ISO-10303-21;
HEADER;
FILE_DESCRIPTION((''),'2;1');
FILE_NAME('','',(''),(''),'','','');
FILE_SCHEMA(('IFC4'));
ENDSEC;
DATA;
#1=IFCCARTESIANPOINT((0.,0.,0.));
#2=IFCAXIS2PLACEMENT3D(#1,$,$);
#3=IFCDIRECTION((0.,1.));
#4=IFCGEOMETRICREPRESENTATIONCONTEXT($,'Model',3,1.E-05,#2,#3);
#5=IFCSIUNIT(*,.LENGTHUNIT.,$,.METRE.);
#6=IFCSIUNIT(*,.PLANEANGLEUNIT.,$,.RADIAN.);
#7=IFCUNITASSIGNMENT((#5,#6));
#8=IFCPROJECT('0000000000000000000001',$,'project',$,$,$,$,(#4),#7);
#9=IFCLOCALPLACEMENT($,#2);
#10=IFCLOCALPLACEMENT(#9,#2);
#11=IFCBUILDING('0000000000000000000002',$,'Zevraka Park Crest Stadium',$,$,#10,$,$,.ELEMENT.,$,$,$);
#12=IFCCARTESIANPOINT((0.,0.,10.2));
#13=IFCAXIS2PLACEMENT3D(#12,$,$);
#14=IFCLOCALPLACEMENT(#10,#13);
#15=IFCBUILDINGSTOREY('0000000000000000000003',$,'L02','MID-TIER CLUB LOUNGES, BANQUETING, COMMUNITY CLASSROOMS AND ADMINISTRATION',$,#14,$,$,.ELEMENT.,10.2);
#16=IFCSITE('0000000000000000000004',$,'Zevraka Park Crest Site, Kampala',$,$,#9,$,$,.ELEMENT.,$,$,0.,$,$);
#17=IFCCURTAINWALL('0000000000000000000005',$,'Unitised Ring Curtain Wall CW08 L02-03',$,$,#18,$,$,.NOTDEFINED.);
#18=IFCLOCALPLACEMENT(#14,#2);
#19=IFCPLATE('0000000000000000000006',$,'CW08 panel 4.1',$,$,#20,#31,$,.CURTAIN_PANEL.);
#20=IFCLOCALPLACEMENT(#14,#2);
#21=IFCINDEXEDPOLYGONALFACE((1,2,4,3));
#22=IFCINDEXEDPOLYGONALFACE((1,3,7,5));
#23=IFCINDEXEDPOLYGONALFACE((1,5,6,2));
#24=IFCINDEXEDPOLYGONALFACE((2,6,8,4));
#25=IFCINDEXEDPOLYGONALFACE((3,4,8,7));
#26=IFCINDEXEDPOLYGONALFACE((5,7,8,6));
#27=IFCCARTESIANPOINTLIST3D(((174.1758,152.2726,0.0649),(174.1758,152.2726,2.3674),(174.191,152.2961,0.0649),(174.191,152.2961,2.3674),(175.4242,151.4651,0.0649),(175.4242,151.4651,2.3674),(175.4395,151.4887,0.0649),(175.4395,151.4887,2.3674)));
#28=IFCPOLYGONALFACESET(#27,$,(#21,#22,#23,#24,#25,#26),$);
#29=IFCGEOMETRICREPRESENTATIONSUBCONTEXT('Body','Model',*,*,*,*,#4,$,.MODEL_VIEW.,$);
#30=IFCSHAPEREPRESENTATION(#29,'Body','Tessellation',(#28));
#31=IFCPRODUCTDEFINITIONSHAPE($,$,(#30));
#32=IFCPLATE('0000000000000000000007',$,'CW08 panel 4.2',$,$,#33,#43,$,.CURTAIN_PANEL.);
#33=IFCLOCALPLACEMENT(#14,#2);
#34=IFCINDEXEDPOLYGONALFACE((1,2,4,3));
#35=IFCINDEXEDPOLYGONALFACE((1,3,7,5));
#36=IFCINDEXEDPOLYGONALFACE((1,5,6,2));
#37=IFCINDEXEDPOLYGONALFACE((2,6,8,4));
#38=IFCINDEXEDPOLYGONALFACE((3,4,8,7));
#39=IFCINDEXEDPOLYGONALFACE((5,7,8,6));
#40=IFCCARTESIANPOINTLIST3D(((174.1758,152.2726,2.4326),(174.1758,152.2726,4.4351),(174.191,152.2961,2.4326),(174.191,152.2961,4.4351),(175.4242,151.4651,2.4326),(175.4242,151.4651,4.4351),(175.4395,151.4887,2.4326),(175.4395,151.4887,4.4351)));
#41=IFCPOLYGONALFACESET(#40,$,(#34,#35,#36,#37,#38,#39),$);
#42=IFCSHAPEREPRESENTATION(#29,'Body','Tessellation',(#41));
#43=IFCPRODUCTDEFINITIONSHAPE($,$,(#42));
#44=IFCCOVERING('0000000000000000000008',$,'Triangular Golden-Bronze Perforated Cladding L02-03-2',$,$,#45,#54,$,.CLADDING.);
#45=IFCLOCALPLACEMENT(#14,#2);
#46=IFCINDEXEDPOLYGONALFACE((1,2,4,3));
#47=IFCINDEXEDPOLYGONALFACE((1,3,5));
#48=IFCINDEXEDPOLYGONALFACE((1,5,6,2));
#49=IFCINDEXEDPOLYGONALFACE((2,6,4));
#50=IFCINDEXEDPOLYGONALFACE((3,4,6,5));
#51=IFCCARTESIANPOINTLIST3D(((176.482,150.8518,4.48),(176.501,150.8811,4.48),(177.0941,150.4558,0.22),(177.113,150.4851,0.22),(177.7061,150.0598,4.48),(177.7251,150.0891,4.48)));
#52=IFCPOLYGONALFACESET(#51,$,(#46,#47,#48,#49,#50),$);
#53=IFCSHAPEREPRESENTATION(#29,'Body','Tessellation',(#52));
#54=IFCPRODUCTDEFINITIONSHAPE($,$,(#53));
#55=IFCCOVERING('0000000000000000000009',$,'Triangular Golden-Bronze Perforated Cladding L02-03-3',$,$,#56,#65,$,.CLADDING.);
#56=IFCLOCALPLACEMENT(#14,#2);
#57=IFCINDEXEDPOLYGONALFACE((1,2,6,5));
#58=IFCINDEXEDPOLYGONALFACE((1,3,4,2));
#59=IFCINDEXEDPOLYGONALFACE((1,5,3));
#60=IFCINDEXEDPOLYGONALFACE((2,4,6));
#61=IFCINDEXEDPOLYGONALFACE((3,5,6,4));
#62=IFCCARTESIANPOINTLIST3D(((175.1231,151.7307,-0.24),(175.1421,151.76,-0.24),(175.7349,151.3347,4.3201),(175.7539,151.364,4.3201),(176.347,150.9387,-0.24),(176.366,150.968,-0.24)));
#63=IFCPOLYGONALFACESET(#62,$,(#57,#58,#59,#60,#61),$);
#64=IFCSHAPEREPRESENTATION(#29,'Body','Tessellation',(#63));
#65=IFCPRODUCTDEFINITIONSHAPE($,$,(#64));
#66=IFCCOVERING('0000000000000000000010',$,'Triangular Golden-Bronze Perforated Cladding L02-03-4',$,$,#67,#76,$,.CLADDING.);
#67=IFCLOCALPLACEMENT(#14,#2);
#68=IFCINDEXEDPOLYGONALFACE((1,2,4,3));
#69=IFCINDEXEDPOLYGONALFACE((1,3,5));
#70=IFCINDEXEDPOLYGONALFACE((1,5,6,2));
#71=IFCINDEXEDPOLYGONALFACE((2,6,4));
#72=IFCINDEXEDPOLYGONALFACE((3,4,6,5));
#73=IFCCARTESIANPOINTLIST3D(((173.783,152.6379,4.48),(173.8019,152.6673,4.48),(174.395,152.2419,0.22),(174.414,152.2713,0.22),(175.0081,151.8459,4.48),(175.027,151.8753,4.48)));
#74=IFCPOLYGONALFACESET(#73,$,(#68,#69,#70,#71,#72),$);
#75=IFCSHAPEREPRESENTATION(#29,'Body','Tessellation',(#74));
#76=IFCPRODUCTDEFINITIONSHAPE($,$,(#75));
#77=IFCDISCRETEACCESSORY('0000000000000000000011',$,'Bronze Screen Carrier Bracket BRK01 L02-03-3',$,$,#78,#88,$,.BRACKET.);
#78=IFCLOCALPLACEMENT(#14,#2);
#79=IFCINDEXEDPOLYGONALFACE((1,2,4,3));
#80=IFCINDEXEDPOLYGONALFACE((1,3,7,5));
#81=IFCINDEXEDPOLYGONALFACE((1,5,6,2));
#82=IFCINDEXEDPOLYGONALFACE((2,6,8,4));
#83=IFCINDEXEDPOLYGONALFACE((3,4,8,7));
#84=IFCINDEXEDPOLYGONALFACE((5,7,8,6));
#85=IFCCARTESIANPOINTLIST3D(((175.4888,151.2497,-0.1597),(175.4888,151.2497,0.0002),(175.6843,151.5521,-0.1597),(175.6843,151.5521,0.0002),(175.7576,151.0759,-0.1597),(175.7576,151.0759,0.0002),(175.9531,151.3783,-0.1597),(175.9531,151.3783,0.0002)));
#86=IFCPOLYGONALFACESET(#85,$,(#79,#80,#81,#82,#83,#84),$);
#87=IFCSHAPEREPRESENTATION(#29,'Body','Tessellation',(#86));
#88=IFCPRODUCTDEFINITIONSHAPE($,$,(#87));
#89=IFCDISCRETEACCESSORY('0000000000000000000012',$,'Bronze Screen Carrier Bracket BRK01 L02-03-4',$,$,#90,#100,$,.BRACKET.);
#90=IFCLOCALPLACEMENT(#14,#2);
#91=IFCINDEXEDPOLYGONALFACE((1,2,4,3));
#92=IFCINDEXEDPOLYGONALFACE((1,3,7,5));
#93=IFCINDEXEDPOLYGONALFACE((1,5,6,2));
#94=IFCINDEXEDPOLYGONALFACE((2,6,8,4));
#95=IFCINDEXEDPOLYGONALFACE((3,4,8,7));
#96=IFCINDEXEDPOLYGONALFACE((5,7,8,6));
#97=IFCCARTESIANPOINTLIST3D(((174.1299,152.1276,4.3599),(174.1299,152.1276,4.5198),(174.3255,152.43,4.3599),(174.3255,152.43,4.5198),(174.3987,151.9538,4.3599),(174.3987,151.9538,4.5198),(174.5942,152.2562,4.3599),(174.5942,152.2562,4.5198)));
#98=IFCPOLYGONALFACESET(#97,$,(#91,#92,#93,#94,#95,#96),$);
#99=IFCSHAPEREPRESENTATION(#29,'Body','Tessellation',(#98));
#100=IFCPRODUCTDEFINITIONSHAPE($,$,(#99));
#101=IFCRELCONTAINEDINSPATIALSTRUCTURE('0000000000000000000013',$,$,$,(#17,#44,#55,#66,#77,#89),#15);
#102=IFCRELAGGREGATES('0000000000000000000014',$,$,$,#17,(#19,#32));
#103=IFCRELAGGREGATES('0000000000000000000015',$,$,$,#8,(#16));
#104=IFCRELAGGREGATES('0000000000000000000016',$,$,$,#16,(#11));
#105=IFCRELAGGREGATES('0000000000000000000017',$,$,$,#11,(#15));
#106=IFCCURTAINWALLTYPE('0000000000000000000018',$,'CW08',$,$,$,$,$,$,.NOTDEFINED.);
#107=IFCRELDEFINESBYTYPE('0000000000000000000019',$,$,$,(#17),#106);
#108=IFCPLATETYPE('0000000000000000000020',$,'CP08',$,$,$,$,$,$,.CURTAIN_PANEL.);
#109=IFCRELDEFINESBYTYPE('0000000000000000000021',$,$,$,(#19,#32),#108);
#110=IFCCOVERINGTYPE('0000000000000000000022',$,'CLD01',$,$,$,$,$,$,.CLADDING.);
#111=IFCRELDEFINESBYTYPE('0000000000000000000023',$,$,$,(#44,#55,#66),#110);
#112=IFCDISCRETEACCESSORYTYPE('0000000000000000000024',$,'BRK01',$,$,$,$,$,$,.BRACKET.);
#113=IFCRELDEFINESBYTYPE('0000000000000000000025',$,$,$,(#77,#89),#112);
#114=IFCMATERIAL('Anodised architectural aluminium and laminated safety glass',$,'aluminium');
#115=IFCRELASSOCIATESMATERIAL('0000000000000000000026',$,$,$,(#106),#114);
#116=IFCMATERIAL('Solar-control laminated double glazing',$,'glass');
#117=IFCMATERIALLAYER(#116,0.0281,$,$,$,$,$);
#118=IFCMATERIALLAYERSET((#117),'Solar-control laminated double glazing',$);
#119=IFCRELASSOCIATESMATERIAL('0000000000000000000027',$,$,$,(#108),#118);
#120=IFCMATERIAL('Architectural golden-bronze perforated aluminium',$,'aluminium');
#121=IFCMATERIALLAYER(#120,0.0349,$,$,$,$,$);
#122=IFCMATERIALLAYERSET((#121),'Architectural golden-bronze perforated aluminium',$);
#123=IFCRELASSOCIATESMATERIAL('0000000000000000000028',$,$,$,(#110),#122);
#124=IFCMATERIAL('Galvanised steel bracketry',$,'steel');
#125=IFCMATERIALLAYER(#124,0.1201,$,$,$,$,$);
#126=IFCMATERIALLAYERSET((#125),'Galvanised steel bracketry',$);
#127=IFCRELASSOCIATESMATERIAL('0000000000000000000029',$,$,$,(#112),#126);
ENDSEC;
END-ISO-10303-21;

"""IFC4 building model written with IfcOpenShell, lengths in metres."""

from ifc_helpers import new_model, si_unit, direction, frame, origin, origin_2d, place, context, subcontext, project, spatial, polyline, rectangle, outline, extrude, material, layer, layer_set, type_object, element, aggregate, save


model = new_model("IFC4")

# Units and contexts
model_context = context("Model", 3, precision=1e-05, world=origin(), true_north=direction((0.0, 1.0)))
body_context = subcontext(model_context, "Body", "Model", "MODEL_VIEW")
ifc_project = project(units=[si_unit("LENGTHUNIT", "METRE"), si_unit("PLANEANGLEUNIT", "RADIAN")], contexts=[model_context])

# Site, building, storey
site_placement = place(None, origin())
site = spatial("IfcSite", under=ifc_project, at=site_placement, Name="Zevraka Park Crest Site, Kampala", CompositionType="ELEMENT", RefElevation=0.0)
building_placement = place(site_placement, origin())
building = spatial("IfcBuilding", under=site, at=building_placement, Name="Zevraka Park Crest Stadium", CompositionType="ELEMENT")
storey_placement = place(building_placement, frame((0.0, 0.0, 10.2)))
storey = spatial("IfcBuildingStorey", under=building, at=storey_placement, Name="L02", Description="MID-TIER CLUB LOUNGES, BANQUETING, COMMUNITY CLASSROOMS AND ADMINISTRATION", CompositionType="ELEMENT", Elevation=10.2)

# Curtain wall, plates
ifc_material_1 = material(Name="Anodised architectural aluminium and laminated safety glass", Category="aluminium")
curtain_wall_type = type_object("IfcCurtainWallType", Name="CW08", PredefinedType="NOTDEFINED", material=ifc_material_1)
curtain_wall_placement = place(storey_placement, origin())
curtain_wall = element("IfcCurtainWall", 1, at=curtain_wall_placement, inside=storey, type_object=curtain_wall_type, Name="Unitised Ring Curtain Wall CW08 L02-03", PredefinedType="NOTDEFINED")
ifc_material_2 = material(Name="Solar-control laminated double glazing", Category="glass")
ifc_layer_1 = layer(ifc_material_2, 0.0281)
ifc_layer_set_1 = layer_set([ifc_layer_1], Name="Solar-control laminated double glazing")
plate_type = type_object("IfcPlateType", Name="CP08", PredefinedType="CURTAIN_PANEL", material=ifc_layer_set_1)
plate_1_placement = place(storey_placement, frame((174.8076, 151.8806, 0.0649), z_axis=(0.0, 0.0, 1.0), x_axis=(-0.83967, 0.543096, 0.0)))
plate_1 = element("IfcPlate", 2, at=plate_1_placement, type_object=plate_type, Name="CW08 panel 4.1", PredefinedType="CURTAIN_PANEL", context=body_context, shape_type="SweptSolid", body=[
    extrude(rectangle(XDim=1.4868, YDim=0.0281, at=origin_2d()), origin(), (0.0, 0.0, 1.0), 2.3025),
])
plate_2_placement = place(storey_placement, frame((174.8076, 151.8806, 2.4326), z_axis=(0.0, 0.0, 1.0), x_axis=(-0.83967, 0.543096, 0.0)))
plate_2 = element("IfcPlate", 3, at=plate_2_placement, type_object=plate_type, Name="CW08 panel 4.2", PredefinedType="CURTAIN_PANEL", context=body_context, shape_type="SweptSolid", body=[
    extrude(rectangle(XDim=1.4868, YDim=0.0281, at=origin_2d()), origin(), (0.0, 0.0, 1.0), 2.0024),
])
aggregate(curtain_wall, [plate_1, plate_2])

# Coverings
ifc_material_3 = material(Name="Architectural golden-bronze perforated aluminium", Category="aluminium")
ifc_layer_2 = layer(ifc_material_3, 0.0349)
ifc_layer_set_2 = layer_set([ifc_layer_2], Name="Architectural golden-bronze perforated aluminium")
covering_type = type_object("IfcCoveringType", Name="CLD01", PredefinedType="CLADDING", material=ifc_layer_set_2)
covering_1_placement = place(storey_placement, frame((176.501, 150.8811, 4.48), z_axis=(0.54321, 0.839597, 0.0), x_axis=(0.839597, -0.54321, 0.0)))
element("IfcCovering", 4, at=covering_1_placement, inside=storey, type_object=covering_type, Name="Triangular Golden-Bronze Perforated Cladding L02-03-2", PredefinedType="CLADDING", context=body_context, shape_type="SweptSolid", body=[
    extrude(outline(polyline([(0.0, 0.0), (1.458, 0.0), (0.729, 4.26), (0.0, 0.0)])), origin(), (0.0, 0.0, -1.0), 0.0349),
])
covering_2_placement = place(storey_placement, frame((176.366, 150.968, -0.24), z_axis=(0.543286, 0.839548, 0.000015), x_axis=(-0.839548, 0.543286, 0.0)))
element("IfcCovering", 5, at=covering_2_placement, inside=storey, type_object=covering_type, Name="Triangular Golden-Bronze Perforated Cladding L02-03-3", PredefinedType="CLADDING", context=body_context, shape_type="SweptSolid", body=[
    extrude(outline(polyline([(0.0, 0.0), (1.4578, 0.0), (0.729, 4.5601), (0.0, 0.0)])), origin(), (0.0, 0.0, -1.0), 0.0349),
])
covering_3_placement = place(storey_placement, frame((173.783, 152.6379, 4.48), z_axis=(-0.542904, -0.839795, 0.000062), x_axis=(0.839795, -0.542904, 0.0)))
element("IfcCovering", 6, at=covering_3_placement, inside=storey, type_object=covering_type, Name="Triangular Golden-Bronze Perforated Cladding L02-03-4", PredefinedType="CLADDING", context=body_context, shape_type="SweptSolid", body=[
    extrude(outline(polyline([(0.0, 0.0), (1.4588, 0.0), (0.729, -4.26), (0.0, 0.0)])), origin(), (0.0, 0.0, -1.0), 0.0349),
])

# Discrete accessories
ifc_material_4 = material(Name="Galvanised steel bracketry", Category="steel")
ifc_layer_3 = layer(ifc_material_4, 0.1201)
ifc_layer_set_3 = layer_set([ifc_layer_3], Name="Galvanised steel bracketry")
discrete_accessory_type = type_object("IfcDiscreteAccessoryType", Name="BRK01", PredefinedType="BRACKET", material=ifc_layer_set_3)
for number, where, z_axis, x_axis, name in (
    (7, (175.7209, 151.314, -0.1597), (0.0, 0.0, 1.0), (-0.839715, 0.543028, 0.0), "Bronze Screen Carrier Bracket BRK01 L02-03-3"),
    (8, (174.3621, 152.1919, 4.3599), (0.0, 0.0, 1.0), (-0.839715, 0.543028, 0.0), "Bronze Screen Carrier Bracket BRK01 L02-03-4"),
):
    element("IfcDiscreteAccessory", number, at=place(storey_placement, frame(where, z_axis=z_axis, x_axis=x_axis)), inside=storey, type_object=discrete_accessory_type, Name=name, PredefinedType="BRACKET", context=body_context, shape_type="SweptSolid", body=[
        extrude(rectangle(XDim=0.3201, YDim=0.3601, at=origin_2d()), origin(), (0.0, 0.0, 1.0), 0.1599),
    ])

save(model, "model.ifc")
